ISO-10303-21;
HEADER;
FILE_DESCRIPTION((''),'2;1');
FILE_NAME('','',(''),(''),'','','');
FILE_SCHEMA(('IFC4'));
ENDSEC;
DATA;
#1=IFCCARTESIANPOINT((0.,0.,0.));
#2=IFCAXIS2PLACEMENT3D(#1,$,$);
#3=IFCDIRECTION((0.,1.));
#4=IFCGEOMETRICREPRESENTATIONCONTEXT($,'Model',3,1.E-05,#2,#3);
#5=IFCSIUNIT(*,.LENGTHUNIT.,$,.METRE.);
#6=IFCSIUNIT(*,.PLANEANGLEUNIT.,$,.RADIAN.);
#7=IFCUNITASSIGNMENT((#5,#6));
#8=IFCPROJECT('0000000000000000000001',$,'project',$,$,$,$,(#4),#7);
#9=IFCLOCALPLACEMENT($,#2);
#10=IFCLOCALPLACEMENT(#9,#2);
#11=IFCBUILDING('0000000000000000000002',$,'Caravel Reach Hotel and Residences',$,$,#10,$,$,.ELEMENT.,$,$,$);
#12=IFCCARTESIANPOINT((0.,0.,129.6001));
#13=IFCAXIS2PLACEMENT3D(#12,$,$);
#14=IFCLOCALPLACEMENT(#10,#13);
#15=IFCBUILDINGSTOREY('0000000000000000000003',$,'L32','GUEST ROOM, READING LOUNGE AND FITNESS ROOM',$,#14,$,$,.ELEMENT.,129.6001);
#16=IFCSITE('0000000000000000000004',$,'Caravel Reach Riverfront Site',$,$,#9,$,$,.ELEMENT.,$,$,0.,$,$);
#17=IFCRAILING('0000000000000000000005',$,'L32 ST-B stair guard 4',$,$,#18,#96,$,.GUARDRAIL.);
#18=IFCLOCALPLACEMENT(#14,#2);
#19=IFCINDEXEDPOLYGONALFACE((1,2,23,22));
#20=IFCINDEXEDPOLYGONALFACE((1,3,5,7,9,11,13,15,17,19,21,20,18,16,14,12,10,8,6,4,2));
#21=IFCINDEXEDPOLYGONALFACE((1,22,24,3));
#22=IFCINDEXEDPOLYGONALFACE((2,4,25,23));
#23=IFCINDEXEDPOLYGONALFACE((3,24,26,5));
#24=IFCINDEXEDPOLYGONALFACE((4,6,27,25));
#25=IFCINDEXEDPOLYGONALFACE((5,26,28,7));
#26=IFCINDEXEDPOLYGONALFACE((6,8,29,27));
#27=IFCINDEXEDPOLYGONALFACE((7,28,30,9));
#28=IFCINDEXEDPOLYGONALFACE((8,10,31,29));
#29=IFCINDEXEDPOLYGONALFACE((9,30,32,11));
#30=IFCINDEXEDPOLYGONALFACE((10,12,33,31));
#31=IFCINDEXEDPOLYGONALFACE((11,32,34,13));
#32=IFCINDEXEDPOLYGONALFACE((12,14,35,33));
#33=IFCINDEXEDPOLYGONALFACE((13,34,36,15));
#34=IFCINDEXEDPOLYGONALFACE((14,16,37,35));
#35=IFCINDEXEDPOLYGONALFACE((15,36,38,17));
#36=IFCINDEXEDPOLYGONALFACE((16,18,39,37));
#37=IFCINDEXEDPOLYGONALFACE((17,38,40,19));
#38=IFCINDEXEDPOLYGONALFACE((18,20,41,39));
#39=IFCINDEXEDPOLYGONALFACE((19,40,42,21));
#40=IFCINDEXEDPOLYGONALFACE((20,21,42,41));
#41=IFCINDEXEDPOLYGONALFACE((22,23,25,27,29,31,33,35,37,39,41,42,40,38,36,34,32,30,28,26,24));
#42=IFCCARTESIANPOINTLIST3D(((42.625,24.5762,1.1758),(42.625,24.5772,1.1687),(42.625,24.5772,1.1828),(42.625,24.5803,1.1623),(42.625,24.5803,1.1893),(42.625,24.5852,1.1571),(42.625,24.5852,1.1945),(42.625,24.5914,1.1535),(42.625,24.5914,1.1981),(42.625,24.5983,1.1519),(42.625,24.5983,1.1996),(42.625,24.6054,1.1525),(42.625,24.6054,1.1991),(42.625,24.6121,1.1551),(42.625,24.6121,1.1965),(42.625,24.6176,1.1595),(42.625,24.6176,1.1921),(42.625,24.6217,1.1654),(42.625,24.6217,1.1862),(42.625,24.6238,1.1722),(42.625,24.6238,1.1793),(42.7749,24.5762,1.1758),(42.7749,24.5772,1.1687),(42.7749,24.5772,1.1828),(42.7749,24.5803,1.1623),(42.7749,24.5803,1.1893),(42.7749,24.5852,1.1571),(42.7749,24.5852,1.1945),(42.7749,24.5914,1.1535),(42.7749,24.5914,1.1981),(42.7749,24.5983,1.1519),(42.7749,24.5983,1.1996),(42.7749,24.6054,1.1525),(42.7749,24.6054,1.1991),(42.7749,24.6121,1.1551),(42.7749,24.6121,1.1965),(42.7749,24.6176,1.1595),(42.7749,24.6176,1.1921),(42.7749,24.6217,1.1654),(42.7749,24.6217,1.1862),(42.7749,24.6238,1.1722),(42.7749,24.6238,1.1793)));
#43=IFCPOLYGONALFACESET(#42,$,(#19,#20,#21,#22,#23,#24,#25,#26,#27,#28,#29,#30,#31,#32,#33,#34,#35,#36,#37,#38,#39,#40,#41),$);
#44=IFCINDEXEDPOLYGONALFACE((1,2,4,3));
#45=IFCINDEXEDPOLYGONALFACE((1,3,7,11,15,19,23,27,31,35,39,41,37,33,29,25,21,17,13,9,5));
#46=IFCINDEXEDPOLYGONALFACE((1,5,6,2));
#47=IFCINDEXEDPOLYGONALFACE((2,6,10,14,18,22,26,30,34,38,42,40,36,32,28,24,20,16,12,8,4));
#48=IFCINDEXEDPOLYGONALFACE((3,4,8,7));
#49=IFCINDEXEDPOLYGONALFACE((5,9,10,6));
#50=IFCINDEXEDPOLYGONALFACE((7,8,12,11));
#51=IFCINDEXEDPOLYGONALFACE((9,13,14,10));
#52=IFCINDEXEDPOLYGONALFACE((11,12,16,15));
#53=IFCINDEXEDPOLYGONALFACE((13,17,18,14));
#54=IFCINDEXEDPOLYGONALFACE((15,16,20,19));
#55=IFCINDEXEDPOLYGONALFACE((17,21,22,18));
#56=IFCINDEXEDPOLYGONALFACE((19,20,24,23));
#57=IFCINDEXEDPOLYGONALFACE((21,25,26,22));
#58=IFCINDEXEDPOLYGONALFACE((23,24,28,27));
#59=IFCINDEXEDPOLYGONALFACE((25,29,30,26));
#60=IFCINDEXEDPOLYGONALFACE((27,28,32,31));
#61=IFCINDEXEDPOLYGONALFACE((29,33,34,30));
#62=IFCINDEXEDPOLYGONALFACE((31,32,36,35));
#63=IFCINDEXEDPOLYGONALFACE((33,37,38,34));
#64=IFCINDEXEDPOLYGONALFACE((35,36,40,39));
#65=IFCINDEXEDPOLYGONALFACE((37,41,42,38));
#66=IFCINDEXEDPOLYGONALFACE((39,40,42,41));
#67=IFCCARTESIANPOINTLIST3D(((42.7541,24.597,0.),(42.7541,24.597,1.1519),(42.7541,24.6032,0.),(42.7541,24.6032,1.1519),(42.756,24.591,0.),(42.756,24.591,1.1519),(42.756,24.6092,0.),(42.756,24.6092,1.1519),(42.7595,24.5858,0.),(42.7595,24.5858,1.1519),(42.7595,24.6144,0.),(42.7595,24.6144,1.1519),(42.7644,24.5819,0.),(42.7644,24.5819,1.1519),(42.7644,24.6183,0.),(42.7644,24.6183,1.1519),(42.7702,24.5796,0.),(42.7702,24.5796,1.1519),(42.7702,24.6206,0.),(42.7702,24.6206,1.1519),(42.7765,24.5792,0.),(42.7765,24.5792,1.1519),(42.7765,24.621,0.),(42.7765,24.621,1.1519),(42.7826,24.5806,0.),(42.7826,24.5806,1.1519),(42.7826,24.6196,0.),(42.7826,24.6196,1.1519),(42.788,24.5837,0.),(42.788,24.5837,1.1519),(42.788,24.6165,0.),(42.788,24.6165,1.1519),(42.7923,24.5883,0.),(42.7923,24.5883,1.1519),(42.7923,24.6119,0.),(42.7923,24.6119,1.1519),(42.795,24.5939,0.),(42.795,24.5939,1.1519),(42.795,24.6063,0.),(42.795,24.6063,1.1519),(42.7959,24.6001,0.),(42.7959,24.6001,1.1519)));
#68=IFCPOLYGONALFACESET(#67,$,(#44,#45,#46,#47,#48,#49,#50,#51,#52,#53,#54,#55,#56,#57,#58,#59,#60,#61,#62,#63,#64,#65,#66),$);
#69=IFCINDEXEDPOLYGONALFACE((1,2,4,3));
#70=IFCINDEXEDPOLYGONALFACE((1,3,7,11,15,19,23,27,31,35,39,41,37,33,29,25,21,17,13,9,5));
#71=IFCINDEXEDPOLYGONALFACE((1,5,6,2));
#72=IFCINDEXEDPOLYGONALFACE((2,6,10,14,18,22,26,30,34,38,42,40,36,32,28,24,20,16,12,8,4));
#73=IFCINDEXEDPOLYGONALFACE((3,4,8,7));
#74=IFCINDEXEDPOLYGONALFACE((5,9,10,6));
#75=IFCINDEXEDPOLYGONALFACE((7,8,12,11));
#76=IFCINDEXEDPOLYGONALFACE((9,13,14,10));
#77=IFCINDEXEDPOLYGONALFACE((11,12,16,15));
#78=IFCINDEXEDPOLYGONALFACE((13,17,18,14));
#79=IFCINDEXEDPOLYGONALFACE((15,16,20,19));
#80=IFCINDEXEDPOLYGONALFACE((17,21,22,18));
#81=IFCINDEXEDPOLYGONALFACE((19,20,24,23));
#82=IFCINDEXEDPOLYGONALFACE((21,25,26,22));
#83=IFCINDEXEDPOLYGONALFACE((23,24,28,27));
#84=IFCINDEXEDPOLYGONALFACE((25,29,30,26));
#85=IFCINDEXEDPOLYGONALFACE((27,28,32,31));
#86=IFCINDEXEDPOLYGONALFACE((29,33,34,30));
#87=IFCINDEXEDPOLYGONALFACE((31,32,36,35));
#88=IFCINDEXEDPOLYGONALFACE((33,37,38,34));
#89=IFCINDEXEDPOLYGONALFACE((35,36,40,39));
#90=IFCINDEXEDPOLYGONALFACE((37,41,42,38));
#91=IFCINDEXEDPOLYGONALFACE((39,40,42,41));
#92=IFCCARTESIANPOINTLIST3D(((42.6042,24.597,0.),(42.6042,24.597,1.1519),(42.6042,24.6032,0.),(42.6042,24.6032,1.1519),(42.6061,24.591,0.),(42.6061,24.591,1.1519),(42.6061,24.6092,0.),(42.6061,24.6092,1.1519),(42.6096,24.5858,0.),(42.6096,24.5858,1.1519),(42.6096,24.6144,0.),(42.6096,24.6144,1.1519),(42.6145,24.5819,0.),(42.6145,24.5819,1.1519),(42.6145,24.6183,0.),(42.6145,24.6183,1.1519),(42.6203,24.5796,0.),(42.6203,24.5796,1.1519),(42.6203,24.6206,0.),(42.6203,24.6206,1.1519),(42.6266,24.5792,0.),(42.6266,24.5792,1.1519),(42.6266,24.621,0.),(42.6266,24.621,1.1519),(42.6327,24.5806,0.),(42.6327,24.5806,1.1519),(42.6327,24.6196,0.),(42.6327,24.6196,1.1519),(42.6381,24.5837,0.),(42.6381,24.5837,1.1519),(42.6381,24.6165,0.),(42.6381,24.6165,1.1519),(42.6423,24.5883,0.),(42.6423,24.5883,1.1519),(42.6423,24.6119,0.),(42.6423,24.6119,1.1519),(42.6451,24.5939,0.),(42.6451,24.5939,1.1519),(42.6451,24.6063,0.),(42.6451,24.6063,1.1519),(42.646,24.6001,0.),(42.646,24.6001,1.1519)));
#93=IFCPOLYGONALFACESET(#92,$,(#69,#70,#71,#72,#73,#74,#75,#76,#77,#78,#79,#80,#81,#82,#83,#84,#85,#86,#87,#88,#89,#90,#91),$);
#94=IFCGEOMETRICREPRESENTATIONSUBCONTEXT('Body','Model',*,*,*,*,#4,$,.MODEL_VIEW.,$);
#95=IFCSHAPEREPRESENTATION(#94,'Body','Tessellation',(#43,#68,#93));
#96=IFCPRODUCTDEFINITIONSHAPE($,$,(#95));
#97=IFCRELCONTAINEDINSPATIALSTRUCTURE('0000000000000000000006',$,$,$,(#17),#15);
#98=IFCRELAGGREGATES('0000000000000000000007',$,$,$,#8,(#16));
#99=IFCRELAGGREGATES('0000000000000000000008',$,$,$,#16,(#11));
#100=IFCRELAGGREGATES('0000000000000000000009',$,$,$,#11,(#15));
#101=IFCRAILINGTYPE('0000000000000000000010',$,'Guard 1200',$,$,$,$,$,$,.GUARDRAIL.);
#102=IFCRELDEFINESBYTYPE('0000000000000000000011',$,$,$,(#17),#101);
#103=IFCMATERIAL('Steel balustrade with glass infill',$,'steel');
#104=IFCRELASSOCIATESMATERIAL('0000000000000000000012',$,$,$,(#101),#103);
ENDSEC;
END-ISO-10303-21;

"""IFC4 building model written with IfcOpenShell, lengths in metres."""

from ifc_helpers import new_model, si_unit, direction, frame, origin, origin_2d, place, context, subcontext, project, spatial, circle, extrude, material, type_object, element, save


model = new_model("IFC4")

# Units and contexts
model_context = context("Model", 3, precision=1e-05, world=origin(), true_north=direction((0.0, 1.0)))
body_context = subcontext(model_context, "Body", "Model", "MODEL_VIEW")
ifc_project = project(units=[si_unit("LENGTHUNIT", "METRE"), si_unit("PLANEANGLEUNIT", "RADIAN")], contexts=[model_context])

# Site, building, storey
site_placement = place(None, origin())
site = spatial("IfcSite", under=ifc_project, at=site_placement, Name="Caravel Reach Riverfront Site", CompositionType="ELEMENT", RefElevation=0.0)
building_placement = place(site_placement, origin())
building = spatial("IfcBuilding", under=site, at=building_placement, Name="Caravel Reach Hotel and Residences", CompositionType="ELEMENT")
storey_placement = place(building_placement, frame((0.0, 0.0, 129.6001)))
storey = spatial("IfcBuildingStorey", under=building, at=storey_placement, Name="L32", Description="GUEST ROOM, READING LOUNGE AND FITNESS ROOM", CompositionType="ELEMENT", Elevation=129.6001)

# Railing
ifc_material_1 = material(Name="Steel balustrade with glass infill", Category="steel")
railing_type_1 = type_object("IfcRailingType", Name="Guard 1200", PredefinedType="GUARDRAIL", material=ifc_material_1)
railing_1_placement = place(storey_placement, frame((42.7749, 24.6001, 0.0)))
element("IfcRailing", 1, at=railing_1_placement, inside=storey, type_object=railing_type_1, Name="L32 ST-B stair guard 4", PredefinedType="GUARDRAIL", context=body_context, shape_type="SweptSolid", body=[
    extrude(circle(Radius=0.0239, at=origin_2d()), frame((0.0, 0.0, 1.1758), z_axis=(-1.0, 0.0, 0.0), x_axis=(0.0, -1.0, 0.0)), (0.0, 0.0, 1.0), 0.1499),
    extrude(circle(Radius=0.021, at=origin_2d()), origin(), (0.0, 0.0, 1.0), 1.1519),
    extrude(circle(Radius=0.021, at=origin_2d()), frame((-0.1499, 0.0, 0.0)), (0.0, 0.0, 1.0), 1.1519),
])

save(model, "model.ifc")
